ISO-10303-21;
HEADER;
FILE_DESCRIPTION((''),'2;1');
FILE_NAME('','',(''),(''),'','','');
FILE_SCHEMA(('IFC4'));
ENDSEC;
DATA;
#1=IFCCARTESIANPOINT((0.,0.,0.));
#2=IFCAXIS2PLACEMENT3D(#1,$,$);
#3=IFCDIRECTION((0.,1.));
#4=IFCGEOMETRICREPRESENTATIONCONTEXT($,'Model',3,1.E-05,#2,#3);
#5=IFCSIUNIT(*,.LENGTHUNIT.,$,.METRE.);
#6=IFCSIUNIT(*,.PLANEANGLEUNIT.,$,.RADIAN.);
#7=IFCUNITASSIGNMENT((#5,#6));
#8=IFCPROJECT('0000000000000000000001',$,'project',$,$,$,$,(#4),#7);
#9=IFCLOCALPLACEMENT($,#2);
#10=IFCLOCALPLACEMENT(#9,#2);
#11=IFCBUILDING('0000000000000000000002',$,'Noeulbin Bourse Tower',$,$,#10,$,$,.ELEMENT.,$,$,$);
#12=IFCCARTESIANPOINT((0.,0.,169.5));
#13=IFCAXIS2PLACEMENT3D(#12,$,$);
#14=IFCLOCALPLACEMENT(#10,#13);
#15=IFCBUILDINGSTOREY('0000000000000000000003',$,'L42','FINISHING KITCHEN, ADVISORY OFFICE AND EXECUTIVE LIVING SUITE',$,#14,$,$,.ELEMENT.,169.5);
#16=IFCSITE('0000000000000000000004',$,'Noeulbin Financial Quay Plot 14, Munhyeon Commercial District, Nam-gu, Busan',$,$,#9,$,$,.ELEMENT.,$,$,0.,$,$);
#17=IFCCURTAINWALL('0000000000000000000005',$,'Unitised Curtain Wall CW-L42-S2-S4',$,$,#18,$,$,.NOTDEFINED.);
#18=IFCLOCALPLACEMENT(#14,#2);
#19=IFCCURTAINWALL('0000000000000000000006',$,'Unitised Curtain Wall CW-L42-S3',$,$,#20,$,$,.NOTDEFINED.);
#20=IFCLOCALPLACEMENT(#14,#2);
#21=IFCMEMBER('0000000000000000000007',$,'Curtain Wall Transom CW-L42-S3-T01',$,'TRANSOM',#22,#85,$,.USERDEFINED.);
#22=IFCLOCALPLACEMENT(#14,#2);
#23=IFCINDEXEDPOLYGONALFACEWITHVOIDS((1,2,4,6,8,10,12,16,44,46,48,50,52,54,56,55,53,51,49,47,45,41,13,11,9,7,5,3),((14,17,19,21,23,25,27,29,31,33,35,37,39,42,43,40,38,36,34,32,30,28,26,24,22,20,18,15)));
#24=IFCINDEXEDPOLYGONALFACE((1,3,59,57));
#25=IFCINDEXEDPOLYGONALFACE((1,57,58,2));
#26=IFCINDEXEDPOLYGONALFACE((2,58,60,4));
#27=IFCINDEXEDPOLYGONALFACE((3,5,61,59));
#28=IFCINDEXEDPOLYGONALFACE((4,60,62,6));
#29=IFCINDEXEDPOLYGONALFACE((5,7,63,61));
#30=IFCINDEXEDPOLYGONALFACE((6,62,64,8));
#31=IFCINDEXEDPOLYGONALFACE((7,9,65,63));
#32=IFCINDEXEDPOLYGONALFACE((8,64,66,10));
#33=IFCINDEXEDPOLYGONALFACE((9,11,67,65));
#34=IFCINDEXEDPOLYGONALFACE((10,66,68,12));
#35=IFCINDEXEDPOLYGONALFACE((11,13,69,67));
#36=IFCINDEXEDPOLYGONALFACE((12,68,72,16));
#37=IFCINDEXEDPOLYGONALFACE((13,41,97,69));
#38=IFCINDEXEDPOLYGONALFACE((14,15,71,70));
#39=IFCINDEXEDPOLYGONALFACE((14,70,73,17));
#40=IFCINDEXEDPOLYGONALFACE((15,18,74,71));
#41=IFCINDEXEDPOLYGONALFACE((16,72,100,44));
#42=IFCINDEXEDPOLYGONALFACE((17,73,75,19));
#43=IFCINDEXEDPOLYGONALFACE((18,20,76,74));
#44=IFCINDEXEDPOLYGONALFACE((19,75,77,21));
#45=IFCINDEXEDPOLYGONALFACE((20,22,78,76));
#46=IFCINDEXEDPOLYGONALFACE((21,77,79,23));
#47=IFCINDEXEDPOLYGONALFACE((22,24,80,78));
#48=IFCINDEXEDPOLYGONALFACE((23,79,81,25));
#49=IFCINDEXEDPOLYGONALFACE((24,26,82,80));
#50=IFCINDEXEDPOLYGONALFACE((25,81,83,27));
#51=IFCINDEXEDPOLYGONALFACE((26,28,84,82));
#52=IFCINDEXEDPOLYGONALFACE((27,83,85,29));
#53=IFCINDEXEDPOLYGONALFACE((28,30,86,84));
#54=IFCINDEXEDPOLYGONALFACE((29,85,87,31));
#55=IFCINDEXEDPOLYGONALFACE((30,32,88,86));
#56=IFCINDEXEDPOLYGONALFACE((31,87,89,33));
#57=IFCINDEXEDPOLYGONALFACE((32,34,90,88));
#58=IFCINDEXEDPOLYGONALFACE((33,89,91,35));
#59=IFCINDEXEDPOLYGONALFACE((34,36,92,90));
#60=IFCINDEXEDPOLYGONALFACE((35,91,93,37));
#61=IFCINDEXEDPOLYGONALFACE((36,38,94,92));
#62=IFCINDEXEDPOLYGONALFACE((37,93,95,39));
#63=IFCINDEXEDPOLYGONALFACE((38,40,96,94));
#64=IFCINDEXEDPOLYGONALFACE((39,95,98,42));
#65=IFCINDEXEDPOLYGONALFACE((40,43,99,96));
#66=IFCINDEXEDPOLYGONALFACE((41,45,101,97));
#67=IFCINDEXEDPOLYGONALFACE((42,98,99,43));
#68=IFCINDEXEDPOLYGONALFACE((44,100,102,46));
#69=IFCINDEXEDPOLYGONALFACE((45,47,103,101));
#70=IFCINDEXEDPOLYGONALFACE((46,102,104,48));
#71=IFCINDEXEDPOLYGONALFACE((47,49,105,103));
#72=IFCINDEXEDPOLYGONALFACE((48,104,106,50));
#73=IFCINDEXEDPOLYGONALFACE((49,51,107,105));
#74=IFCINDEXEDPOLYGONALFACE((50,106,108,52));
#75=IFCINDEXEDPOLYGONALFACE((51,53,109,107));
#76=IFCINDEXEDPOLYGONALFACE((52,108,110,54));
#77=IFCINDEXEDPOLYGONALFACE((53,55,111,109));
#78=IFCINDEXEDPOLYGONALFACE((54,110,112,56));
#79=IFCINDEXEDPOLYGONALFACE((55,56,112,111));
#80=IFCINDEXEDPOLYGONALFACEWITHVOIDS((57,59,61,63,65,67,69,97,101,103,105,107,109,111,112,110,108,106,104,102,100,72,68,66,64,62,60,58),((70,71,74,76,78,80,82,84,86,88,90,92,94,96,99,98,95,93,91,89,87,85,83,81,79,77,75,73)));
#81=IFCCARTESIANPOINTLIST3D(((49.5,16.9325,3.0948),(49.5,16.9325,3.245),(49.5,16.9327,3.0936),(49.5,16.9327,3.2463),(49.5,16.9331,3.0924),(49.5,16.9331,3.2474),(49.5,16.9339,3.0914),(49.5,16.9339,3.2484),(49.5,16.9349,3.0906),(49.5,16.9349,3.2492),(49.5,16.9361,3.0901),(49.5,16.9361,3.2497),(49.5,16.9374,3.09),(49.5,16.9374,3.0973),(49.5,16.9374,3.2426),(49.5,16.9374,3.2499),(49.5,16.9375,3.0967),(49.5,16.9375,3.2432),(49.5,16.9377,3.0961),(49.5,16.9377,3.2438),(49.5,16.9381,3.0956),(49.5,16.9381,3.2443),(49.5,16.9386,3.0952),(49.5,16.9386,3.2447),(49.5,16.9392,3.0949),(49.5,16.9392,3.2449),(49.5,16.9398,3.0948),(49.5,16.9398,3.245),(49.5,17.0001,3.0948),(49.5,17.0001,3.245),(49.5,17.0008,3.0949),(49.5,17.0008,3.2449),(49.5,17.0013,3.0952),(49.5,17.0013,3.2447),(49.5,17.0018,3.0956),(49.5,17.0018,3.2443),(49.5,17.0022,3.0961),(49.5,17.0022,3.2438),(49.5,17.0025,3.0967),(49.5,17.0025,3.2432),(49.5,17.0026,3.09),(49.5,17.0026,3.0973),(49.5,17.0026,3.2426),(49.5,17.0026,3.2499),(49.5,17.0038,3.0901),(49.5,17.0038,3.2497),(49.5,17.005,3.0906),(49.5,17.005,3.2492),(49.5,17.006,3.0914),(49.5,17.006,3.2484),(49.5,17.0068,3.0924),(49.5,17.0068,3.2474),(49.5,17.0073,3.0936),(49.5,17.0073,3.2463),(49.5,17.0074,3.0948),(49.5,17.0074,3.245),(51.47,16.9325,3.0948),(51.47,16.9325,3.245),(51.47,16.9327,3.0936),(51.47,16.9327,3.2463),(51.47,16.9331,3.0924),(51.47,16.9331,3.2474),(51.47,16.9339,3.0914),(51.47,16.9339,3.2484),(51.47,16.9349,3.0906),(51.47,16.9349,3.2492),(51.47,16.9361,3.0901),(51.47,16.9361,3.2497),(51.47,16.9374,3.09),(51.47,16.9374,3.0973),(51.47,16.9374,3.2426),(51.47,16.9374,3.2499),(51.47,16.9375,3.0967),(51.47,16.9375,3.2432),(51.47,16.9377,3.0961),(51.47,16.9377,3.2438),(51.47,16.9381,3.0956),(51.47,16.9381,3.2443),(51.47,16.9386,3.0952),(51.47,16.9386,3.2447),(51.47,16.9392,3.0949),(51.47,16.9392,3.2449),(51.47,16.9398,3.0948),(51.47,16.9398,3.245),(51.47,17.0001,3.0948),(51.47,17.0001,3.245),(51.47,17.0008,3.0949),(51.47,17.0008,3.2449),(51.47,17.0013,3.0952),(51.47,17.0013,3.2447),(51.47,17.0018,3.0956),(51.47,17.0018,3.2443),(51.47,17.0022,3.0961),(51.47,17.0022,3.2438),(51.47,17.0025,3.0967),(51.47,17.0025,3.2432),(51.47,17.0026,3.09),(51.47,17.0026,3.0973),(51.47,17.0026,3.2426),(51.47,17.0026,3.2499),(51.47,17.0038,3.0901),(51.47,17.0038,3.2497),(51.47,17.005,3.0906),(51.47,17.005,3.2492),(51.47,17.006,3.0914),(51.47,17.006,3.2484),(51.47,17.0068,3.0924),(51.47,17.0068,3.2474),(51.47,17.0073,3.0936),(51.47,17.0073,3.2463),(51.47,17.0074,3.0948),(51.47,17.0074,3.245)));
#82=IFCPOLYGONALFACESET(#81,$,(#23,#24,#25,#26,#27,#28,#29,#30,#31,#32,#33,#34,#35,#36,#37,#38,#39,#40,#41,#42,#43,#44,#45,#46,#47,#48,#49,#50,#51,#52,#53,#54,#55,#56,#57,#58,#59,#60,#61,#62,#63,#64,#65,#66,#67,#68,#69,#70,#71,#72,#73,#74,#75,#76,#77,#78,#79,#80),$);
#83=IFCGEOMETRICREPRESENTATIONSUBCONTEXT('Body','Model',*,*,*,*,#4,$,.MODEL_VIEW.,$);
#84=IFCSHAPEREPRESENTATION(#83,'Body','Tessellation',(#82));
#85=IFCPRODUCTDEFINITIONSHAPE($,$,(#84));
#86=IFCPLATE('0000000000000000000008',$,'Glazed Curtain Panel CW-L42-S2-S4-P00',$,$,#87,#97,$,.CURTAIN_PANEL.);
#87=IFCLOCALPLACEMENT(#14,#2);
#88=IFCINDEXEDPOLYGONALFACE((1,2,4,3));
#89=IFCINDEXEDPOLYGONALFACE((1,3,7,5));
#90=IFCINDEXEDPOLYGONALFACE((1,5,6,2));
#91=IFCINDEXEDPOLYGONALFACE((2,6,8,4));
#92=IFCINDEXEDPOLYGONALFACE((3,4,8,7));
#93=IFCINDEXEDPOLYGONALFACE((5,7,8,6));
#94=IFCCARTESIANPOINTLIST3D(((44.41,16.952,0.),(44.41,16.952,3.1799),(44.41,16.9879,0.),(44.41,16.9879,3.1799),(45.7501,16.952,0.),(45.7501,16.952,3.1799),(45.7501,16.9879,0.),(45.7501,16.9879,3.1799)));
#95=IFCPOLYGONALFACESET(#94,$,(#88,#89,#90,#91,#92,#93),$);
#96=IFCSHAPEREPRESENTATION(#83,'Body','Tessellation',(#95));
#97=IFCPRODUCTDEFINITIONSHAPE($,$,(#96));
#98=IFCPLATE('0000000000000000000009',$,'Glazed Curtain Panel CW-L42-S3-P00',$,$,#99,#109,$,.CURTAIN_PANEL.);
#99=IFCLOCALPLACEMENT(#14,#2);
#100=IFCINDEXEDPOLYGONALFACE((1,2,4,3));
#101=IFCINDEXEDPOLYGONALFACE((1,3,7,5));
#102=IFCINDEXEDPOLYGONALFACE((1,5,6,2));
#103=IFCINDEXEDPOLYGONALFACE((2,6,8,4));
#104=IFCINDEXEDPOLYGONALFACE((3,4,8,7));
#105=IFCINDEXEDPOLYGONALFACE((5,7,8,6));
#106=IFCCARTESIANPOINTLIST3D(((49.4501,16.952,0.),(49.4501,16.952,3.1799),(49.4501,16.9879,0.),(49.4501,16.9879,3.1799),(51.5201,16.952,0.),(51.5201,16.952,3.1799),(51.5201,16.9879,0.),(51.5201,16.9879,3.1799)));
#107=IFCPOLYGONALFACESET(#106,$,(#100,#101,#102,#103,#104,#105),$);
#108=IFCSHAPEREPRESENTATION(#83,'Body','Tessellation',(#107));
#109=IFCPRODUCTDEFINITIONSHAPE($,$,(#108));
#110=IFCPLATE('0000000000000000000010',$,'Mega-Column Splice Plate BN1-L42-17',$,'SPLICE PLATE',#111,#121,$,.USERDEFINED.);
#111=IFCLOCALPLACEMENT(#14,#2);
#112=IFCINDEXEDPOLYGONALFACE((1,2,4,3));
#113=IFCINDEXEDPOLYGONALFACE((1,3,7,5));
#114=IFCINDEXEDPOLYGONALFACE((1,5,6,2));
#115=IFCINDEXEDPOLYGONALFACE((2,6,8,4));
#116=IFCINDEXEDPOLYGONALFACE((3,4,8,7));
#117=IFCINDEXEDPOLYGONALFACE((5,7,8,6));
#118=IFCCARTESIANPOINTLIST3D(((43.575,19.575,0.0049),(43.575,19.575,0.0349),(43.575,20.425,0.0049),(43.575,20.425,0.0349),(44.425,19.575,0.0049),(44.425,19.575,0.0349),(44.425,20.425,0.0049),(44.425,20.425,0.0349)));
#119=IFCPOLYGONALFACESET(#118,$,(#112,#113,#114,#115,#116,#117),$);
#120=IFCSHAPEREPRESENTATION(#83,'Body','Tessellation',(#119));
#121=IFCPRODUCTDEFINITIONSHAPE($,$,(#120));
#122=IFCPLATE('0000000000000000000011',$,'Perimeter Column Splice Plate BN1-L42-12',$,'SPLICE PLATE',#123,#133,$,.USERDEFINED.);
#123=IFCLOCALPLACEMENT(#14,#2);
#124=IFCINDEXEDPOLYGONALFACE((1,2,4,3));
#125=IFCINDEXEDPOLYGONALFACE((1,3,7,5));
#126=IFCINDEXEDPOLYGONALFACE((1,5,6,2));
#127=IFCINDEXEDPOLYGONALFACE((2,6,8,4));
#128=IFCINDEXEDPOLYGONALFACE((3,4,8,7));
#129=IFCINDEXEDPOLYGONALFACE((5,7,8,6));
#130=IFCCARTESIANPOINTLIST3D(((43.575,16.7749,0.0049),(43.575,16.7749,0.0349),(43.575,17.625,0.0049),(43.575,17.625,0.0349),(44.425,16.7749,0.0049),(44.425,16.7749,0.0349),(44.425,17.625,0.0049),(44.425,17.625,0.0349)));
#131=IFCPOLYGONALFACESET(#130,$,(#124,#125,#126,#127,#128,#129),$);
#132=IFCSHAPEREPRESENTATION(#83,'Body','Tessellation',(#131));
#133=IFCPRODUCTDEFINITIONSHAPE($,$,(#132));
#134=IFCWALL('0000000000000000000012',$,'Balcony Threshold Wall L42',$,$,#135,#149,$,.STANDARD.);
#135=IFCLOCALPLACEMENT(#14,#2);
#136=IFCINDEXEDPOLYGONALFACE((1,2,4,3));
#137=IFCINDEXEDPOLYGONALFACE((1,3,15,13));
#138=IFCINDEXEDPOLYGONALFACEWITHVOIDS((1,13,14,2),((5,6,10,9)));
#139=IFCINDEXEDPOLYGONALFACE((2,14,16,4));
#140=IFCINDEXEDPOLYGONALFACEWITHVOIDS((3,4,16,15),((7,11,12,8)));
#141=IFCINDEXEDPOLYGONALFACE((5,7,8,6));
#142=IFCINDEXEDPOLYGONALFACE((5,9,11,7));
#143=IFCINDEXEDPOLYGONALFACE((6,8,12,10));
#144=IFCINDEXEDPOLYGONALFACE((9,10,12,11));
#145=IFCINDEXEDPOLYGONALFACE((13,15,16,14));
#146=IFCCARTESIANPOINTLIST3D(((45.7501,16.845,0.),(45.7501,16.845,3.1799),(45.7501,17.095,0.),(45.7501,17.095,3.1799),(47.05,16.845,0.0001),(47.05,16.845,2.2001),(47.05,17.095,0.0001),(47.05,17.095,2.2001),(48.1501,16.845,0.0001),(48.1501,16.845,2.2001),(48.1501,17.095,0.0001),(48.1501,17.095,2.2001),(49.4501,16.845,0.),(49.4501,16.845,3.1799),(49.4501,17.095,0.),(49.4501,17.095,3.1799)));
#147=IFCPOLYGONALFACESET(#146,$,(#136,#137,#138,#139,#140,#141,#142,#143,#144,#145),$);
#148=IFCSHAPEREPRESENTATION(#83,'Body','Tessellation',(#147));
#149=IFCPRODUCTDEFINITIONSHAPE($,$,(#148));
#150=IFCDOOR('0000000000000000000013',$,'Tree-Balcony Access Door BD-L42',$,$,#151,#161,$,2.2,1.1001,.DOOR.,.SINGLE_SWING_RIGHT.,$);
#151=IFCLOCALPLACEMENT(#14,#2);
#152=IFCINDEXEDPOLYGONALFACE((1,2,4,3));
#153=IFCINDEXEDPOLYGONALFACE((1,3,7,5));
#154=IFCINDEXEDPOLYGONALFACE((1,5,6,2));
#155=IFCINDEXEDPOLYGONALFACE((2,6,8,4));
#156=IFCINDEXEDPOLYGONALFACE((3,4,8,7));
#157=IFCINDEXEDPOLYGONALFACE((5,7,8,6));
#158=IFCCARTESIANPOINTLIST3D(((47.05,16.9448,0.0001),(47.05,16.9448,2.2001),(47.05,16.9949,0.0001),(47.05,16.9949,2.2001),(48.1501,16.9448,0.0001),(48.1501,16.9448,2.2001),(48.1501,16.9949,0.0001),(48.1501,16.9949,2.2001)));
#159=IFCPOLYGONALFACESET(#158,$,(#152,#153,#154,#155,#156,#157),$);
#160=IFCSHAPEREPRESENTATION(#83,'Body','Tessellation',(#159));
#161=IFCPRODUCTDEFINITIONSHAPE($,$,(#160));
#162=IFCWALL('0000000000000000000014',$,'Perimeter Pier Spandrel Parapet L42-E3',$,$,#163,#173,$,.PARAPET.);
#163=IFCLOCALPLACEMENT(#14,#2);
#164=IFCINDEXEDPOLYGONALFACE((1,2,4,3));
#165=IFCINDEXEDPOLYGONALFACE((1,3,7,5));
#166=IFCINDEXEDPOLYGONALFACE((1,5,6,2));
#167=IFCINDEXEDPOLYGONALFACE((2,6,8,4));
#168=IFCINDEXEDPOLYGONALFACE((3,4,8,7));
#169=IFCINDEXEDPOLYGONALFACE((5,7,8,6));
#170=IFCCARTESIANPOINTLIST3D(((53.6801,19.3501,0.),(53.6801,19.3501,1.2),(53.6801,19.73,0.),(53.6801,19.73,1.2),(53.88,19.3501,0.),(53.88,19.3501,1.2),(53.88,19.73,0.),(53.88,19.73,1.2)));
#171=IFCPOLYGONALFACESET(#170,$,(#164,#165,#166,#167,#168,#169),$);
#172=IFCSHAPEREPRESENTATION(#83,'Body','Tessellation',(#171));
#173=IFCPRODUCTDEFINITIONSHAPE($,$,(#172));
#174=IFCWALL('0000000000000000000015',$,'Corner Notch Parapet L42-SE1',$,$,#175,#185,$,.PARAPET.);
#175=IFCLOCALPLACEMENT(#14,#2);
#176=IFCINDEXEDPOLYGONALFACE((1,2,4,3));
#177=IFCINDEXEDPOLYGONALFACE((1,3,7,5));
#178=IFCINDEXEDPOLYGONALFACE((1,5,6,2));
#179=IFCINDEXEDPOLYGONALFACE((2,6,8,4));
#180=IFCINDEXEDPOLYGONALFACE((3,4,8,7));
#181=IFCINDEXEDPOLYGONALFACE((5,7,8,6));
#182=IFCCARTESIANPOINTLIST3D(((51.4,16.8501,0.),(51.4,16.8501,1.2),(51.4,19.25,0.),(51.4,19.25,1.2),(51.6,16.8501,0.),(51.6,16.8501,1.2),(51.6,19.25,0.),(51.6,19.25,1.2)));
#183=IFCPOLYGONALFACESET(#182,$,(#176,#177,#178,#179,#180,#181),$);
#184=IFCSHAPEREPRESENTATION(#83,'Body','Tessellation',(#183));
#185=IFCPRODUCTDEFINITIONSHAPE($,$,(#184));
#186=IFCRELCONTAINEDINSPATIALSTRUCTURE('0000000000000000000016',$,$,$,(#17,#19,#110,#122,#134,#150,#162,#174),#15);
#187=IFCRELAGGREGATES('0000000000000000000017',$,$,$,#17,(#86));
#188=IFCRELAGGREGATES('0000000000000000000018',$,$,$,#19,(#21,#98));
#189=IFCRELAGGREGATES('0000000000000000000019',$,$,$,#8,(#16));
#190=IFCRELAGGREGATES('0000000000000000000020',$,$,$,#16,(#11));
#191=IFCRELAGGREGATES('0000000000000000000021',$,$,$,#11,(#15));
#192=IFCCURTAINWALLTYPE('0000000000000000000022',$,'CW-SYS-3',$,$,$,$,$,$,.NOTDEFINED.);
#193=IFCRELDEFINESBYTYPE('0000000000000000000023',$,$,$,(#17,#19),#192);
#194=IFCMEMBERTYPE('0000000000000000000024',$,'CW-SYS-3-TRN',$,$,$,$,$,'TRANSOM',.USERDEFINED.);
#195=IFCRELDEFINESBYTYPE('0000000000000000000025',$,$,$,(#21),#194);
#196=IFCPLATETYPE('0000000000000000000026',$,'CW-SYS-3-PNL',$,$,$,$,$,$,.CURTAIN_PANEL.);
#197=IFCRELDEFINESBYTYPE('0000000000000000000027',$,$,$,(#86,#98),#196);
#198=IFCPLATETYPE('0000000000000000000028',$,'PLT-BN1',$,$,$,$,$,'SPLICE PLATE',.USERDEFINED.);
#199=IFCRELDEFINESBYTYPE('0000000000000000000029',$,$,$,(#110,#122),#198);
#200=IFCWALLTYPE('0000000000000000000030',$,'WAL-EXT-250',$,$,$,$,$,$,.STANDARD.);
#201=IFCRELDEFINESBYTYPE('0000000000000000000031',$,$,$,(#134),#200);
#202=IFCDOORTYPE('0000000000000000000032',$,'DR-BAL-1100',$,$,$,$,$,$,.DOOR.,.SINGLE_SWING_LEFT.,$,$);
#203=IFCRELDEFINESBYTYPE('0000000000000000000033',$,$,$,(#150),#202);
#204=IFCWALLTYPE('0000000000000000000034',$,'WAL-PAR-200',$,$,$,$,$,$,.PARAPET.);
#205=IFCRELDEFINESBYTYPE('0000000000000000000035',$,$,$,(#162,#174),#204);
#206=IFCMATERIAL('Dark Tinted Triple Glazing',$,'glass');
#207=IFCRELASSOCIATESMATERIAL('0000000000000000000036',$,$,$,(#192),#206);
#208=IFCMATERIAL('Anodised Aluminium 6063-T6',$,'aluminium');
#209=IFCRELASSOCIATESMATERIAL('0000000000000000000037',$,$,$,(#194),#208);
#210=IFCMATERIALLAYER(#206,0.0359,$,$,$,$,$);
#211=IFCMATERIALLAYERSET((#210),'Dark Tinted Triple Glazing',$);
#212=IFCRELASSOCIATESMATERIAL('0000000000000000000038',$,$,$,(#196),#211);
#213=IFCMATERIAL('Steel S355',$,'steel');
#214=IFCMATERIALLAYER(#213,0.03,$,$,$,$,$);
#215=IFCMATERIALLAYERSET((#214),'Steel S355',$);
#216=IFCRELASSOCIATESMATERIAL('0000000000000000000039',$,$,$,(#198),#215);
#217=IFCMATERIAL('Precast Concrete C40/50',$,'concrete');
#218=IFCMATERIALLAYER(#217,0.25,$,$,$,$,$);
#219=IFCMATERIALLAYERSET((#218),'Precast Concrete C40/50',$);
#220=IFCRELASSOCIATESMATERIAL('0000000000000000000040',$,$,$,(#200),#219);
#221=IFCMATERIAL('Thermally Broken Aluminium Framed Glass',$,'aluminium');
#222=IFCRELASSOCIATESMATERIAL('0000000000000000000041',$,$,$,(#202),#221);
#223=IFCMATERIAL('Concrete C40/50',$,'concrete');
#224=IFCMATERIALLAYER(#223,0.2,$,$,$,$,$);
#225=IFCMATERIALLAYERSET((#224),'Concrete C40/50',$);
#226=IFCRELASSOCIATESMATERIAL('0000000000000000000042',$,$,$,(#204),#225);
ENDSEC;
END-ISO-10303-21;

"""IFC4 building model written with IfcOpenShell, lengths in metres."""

from ifc_helpers import new_model, si_unit, direction, frame, frame_2d, origin, origin_2d, place, context, subcontext, project, spatial, rectangle, hollow_rectangle, extrude, material, layer, layer_set, material_profile, profile_set, type_object, element, fill, aggregate, save


model = new_model("IFC4")

# Units and contexts
model_context = context("Model", 3, precision=1e-05, world=origin(), true_north=direction((0.0, 1.0)))
body_context = subcontext(model_context, "Body", "Model", "MODEL_VIEW")
ifc_project = project(units=[si_unit("LENGTHUNIT", "METRE"), si_unit("PLANEANGLEUNIT", "RADIAN")], contexts=[model_context])

# Site, building, storey
site_placement = place(None, origin())
site = spatial("IfcSite", under=ifc_project, at=site_placement, Name="Noeulbin Financial Quay Plot 14, Munhyeon Commercial District, Nam-gu, Busan", CompositionType="ELEMENT", RefElevation=0.0)
building_placement = place(site_placement, origin())
building = spatial("IfcBuilding", under=site, at=building_placement, Name="Noeulbin Bourse Tower", CompositionType="ELEMENT")
storey_placement = place(building_placement, frame((0.0, 0.0, 169.5)))
storey = spatial("IfcBuildingStorey", under=building, at=storey_placement, Name="L42", Description="FINISHING KITCHEN, ADVISORY OFFICE AND EXECUTIVE LIVING SUITE", CompositionType="ELEMENT", Elevation=169.5)

# Shared definitions
ifc_material_1 = material(Name="Steel S355", Category="steel")

# Shared definitions
ifc_material_2 = material(Name="Dark Tinted Triple Glazing", Category="glass")
curtain_wall_type = type_object("IfcCurtainWallType", Name="CW-SYS-3", PredefinedType="NOTDEFINED", material=ifc_material_2)
ifc_material_3 = material(Name="Anodised Aluminium 6063-T6", Category="aluminium")

# Curtain walls
curtain_wall_1_placement = place(storey_placement, origin())
curtain_wall_1 = element("IfcCurtainWall", 1, at=curtain_wall_1_placement, inside=storey, type_object=curtain_wall_type, Name="Unitised Curtain Wall CW-L42-S2-S4", PredefinedType="NOTDEFINED")
curtain_wall_2_placement = place(storey_placement, origin())
curtain_wall_2 = element("IfcCurtainWall", 2, at=curtain_wall_2_placement, inside=storey, type_object=curtain_wall_type, Name="Unitised Curtain Wall CW-L42-S3", PredefinedType="NOTDEFINED")

# Member
ifc_material_profile_1 = material_profile(ifc_material_3, hollow_rectangle(XDim=0.075, YDim=0.1599, WallThickness=0.0049, InnerFilletRadius=0.0024, OuterFilletRadius=0.0049, at=origin_2d()), Name="ALU-TRAN-75x160x5", Category="LoadBearing")
ifc_profile_set_1 = profile_set([ifc_material_profile_1], Name="Anodised Aluminium 6063-T6")
member_type_1 = type_object("IfcMemberType", Name="CW-SYS-3-TRN", ElementType="TRANSOM", PredefinedType="USERDEFINED", material=ifc_profile_set_1)
member_1_placement = place(storey_placement, frame((49.5, 16.97, 3.1699), z_axis=(1.0, 0.0, 0.0), x_axis=(0.0, 1.0, 0.0)))
member_1 = element("IfcMember", 3, at=member_1_placement, type_object=member_type_1, Name="Curtain Wall Transom CW-L42-S3-T01", ObjectType="TRANSOM", PredefinedType="USERDEFINED", context=body_context, shape_type="SweptSolid", body=[
    extrude(hollow_rectangle(XDim=0.075, YDim=0.1599, WallThickness=0.0049, InnerFilletRadius=0.0024, OuterFilletRadius=0.0049, at=origin_2d()), origin(), (0.0, 0.0, 1.0), 1.97),
])

# Plates
ifc_layer_1 = layer(ifc_material_2, 0.0359)
ifc_layer_set_1 = layer_set([ifc_layer_1], Name="Dark Tinted Triple Glazing")
plate_type_1 = type_object("IfcPlateType", Name="CW-SYS-3-PNL", PredefinedType="CURTAIN_PANEL", material=ifc_layer_set_1)
plate_1_placement = place(storey_placement, frame((45.0801, 16.97, 0.0), z_axis=(0.0, 0.0, 1.0), x_axis=(1.0, 0.0, 0.0)))
plate_1 = element("IfcPlate", 4, at=plate_1_placement, type_object=plate_type_1, Name="Glazed Curtain Panel CW-L42-S2-S4-P00", PredefinedType="CURTAIN_PANEL", context=body_context, shape_type="SweptSolid", body=[
    extrude(rectangle(XDim=1.3401, YDim=0.0359, at=origin_2d()), origin(), (0.0, 0.0, 1.0), 3.1799),
])
aggregate(curtain_wall_1, [plate_1])
plate_2_placement = place(storey_placement, frame((50.4851, 16.97, 0.0), z_axis=(0.0, 0.0, 1.0), x_axis=(1.0, 0.0, 0.0)))
plate_2 = element("IfcPlate", 5, at=plate_2_placement, type_object=plate_type_1, Name="Glazed Curtain Panel CW-L42-S3-P00", PredefinedType="CURTAIN_PANEL", context=body_context, shape_type="SweptSolid", body=[
    extrude(rectangle(XDim=2.0701, YDim=0.0359, at=origin_2d()), origin(), (0.0, 0.0, 1.0), 3.1799),
])
aggregate(curtain_wall_2, [member_1, plate_2])

# Plates
ifc_layer_2 = layer(ifc_material_1, 0.03)
ifc_layer_set_2 = layer_set([ifc_layer_2], Name="Steel S355")
plate_type_2 = type_object("IfcPlateType", Name="PLT-BN1", ElementType="SPLICE PLATE", PredefinedType="USERDEFINED", material=ifc_layer_set_2)
for number, where, z_axis, x_axis, name in (
    (6, (44.0, 20.0, 0.0049), (0.0, 0.0, 1.0), (1.0, 0.0, 0.0), "Mega-Column Splice Plate BN1-L42-17"),
    (7, (44.0, 17.2, 0.0049), (0.0, 0.0, 1.0), (1.0, 0.0, 0.0), "Perimeter Column Splice Plate BN1-L42-12"),
):
    element("IfcPlate", number, at=place(storey_placement, frame(where, z_axis=z_axis, x_axis=x_axis)), inside=storey, type_object=plate_type_2, Name=name, ObjectType="SPLICE PLATE", PredefinedType="USERDEFINED", context=body_context, shape_type="SweptSolid", body=[
        extrude(rectangle(XDim=0.8501, YDim=0.8501, at=origin_2d()), origin(), (0.0, 0.0, 1.0), 0.03),
    ])

# Wall, opening, door
ifc_material_4 = material(Name="Precast Concrete C40/50", Category="concrete")
ifc_layer_3 = layer(ifc_material_4, 0.25)
ifc_layer_set_3 = layer_set([ifc_layer_3], Name="Precast Concrete C40/50")
wall_type_1 = type_object("IfcWallType", Name="WAL-EXT-250", PredefinedType="STANDARD", material=ifc_layer_set_3)
wall_1_placement = place(storey_placement, frame((45.75, 16.97, 0.0), z_axis=(0.0, 0.0, 1.0), x_axis=(1.0, 0.0, 0.0)))
wall_1 = element("IfcWall", 8, at=wall_1_placement, inside=storey, type_object=wall_type_1, Name="Balcony Threshold Wall L42", PredefinedType="STANDARD", context=body_context, shape_type="SweptSolid", body=[
    extrude(rectangle(XDim=3.7, YDim=0.25, at=frame_2d((1.8501, 0.0))), origin(), (0.0, 0.0, 1.0), 3.1799),
])
opening_placement = place(wall_1_placement, frame((1.3, 0.0, 0.0)))
opening = element("IfcOpeningElement", 9, at=opening_placement, cuts=wall_1, PredefinedType="OPENING", context=body_context, shape_type="SweptSolid", body=[
    extrude(rectangle(XDim=1.1001, YDim=2.2, at=frame_2d((0.55, 1.1001))), frame((0.0, 0.135, 0.0), z_axis=(0.0, -1.0, 0.0), x_axis=(1.0, 0.0, 0.0)), (0.0, 0.0, 1.0), 0.27),
])
ifc_material_5 = material(Name="Thermally Broken Aluminium Framed Glass", Category="aluminium")
door_type = type_object("IfcDoorType", Name="DR-BAL-1100", OperationType="SINGLE_SWING_LEFT", PredefinedType="DOOR", material=ifc_material_5)
door_placement = place(opening_placement, origin())
door = element("IfcDoor", 10, at=door_placement, inside=storey, type_object=door_type, Name="Tree-Balcony Access Door BD-L42", OperationType="SINGLE_SWING_RIGHT", OverallHeight=2.2, OverallWidth=1.1001, PredefinedType="DOOR", context=body_context, shape_type="SweptSolid", body=[
    extrude(rectangle(XDim=1.1001, YDim=2.2, at=frame_2d((0.55, 1.1001))), frame((0.0, 0.0249, 0.0), z_axis=(0.0, -1.0, 0.0), x_axis=(1.0, 0.0, 0.0)), (0.0, 0.0, 1.0), 0.05),
])
fill(opening, door)

# Walls
ifc_material_6 = material(Name="Concrete C40/50", Category="concrete")
ifc_layer_4 = layer(ifc_material_6, 0.2)
ifc_layer_set_4 = layer_set([ifc_layer_4], Name="Concrete C40/50")
wall_type_2 = type_object("IfcWallType", Name="WAL-PAR-200", PredefinedType="PARAPET", material=ifc_layer_set_4)
wall_2_placement = place(storey_placement, frame((53.78, 19.3501, 0.0), z_axis=(0.0, 0.0, 1.0), x_axis=(0.0, 1.0, 0.0)))
element("IfcWall", 11, at=wall_2_placement, inside=storey, type_object=wall_type_2, Name="Perimeter Pier Spandrel Parapet L42-E3", PredefinedType="PARAPET", context=body_context, shape_type="SweptSolid", body=[
    extrude(rectangle(XDim=0.3799, YDim=0.2, at=frame_2d((0.1899, 0.0))), origin(), (0.0, 0.0, 1.0), 1.2),
])
for number, where, z_axis, x_axis, name in (
    (12, (51.5, 16.8501, 0.0), (0.0, 0.0, 1.0), (0.0, 1.0, 0.0), "Corner Notch Parapet L42-SE1"),
):
    element("IfcWall", number, at=place(storey_placement, frame(where, z_axis=z_axis, x_axis=x_axis)), inside=storey, type_object=wall_type_2, Name=name, PredefinedType="PARAPET", context=body_context, shape_type="SweptSolid", body=[
        extrude(rectangle(XDim=2.3999, YDim=0.2, at=frame_2d((1.2, 0.0))), origin(), (0.0, 0.0, 1.0), 1.2),
    ])

save(model, "model.ifc")
